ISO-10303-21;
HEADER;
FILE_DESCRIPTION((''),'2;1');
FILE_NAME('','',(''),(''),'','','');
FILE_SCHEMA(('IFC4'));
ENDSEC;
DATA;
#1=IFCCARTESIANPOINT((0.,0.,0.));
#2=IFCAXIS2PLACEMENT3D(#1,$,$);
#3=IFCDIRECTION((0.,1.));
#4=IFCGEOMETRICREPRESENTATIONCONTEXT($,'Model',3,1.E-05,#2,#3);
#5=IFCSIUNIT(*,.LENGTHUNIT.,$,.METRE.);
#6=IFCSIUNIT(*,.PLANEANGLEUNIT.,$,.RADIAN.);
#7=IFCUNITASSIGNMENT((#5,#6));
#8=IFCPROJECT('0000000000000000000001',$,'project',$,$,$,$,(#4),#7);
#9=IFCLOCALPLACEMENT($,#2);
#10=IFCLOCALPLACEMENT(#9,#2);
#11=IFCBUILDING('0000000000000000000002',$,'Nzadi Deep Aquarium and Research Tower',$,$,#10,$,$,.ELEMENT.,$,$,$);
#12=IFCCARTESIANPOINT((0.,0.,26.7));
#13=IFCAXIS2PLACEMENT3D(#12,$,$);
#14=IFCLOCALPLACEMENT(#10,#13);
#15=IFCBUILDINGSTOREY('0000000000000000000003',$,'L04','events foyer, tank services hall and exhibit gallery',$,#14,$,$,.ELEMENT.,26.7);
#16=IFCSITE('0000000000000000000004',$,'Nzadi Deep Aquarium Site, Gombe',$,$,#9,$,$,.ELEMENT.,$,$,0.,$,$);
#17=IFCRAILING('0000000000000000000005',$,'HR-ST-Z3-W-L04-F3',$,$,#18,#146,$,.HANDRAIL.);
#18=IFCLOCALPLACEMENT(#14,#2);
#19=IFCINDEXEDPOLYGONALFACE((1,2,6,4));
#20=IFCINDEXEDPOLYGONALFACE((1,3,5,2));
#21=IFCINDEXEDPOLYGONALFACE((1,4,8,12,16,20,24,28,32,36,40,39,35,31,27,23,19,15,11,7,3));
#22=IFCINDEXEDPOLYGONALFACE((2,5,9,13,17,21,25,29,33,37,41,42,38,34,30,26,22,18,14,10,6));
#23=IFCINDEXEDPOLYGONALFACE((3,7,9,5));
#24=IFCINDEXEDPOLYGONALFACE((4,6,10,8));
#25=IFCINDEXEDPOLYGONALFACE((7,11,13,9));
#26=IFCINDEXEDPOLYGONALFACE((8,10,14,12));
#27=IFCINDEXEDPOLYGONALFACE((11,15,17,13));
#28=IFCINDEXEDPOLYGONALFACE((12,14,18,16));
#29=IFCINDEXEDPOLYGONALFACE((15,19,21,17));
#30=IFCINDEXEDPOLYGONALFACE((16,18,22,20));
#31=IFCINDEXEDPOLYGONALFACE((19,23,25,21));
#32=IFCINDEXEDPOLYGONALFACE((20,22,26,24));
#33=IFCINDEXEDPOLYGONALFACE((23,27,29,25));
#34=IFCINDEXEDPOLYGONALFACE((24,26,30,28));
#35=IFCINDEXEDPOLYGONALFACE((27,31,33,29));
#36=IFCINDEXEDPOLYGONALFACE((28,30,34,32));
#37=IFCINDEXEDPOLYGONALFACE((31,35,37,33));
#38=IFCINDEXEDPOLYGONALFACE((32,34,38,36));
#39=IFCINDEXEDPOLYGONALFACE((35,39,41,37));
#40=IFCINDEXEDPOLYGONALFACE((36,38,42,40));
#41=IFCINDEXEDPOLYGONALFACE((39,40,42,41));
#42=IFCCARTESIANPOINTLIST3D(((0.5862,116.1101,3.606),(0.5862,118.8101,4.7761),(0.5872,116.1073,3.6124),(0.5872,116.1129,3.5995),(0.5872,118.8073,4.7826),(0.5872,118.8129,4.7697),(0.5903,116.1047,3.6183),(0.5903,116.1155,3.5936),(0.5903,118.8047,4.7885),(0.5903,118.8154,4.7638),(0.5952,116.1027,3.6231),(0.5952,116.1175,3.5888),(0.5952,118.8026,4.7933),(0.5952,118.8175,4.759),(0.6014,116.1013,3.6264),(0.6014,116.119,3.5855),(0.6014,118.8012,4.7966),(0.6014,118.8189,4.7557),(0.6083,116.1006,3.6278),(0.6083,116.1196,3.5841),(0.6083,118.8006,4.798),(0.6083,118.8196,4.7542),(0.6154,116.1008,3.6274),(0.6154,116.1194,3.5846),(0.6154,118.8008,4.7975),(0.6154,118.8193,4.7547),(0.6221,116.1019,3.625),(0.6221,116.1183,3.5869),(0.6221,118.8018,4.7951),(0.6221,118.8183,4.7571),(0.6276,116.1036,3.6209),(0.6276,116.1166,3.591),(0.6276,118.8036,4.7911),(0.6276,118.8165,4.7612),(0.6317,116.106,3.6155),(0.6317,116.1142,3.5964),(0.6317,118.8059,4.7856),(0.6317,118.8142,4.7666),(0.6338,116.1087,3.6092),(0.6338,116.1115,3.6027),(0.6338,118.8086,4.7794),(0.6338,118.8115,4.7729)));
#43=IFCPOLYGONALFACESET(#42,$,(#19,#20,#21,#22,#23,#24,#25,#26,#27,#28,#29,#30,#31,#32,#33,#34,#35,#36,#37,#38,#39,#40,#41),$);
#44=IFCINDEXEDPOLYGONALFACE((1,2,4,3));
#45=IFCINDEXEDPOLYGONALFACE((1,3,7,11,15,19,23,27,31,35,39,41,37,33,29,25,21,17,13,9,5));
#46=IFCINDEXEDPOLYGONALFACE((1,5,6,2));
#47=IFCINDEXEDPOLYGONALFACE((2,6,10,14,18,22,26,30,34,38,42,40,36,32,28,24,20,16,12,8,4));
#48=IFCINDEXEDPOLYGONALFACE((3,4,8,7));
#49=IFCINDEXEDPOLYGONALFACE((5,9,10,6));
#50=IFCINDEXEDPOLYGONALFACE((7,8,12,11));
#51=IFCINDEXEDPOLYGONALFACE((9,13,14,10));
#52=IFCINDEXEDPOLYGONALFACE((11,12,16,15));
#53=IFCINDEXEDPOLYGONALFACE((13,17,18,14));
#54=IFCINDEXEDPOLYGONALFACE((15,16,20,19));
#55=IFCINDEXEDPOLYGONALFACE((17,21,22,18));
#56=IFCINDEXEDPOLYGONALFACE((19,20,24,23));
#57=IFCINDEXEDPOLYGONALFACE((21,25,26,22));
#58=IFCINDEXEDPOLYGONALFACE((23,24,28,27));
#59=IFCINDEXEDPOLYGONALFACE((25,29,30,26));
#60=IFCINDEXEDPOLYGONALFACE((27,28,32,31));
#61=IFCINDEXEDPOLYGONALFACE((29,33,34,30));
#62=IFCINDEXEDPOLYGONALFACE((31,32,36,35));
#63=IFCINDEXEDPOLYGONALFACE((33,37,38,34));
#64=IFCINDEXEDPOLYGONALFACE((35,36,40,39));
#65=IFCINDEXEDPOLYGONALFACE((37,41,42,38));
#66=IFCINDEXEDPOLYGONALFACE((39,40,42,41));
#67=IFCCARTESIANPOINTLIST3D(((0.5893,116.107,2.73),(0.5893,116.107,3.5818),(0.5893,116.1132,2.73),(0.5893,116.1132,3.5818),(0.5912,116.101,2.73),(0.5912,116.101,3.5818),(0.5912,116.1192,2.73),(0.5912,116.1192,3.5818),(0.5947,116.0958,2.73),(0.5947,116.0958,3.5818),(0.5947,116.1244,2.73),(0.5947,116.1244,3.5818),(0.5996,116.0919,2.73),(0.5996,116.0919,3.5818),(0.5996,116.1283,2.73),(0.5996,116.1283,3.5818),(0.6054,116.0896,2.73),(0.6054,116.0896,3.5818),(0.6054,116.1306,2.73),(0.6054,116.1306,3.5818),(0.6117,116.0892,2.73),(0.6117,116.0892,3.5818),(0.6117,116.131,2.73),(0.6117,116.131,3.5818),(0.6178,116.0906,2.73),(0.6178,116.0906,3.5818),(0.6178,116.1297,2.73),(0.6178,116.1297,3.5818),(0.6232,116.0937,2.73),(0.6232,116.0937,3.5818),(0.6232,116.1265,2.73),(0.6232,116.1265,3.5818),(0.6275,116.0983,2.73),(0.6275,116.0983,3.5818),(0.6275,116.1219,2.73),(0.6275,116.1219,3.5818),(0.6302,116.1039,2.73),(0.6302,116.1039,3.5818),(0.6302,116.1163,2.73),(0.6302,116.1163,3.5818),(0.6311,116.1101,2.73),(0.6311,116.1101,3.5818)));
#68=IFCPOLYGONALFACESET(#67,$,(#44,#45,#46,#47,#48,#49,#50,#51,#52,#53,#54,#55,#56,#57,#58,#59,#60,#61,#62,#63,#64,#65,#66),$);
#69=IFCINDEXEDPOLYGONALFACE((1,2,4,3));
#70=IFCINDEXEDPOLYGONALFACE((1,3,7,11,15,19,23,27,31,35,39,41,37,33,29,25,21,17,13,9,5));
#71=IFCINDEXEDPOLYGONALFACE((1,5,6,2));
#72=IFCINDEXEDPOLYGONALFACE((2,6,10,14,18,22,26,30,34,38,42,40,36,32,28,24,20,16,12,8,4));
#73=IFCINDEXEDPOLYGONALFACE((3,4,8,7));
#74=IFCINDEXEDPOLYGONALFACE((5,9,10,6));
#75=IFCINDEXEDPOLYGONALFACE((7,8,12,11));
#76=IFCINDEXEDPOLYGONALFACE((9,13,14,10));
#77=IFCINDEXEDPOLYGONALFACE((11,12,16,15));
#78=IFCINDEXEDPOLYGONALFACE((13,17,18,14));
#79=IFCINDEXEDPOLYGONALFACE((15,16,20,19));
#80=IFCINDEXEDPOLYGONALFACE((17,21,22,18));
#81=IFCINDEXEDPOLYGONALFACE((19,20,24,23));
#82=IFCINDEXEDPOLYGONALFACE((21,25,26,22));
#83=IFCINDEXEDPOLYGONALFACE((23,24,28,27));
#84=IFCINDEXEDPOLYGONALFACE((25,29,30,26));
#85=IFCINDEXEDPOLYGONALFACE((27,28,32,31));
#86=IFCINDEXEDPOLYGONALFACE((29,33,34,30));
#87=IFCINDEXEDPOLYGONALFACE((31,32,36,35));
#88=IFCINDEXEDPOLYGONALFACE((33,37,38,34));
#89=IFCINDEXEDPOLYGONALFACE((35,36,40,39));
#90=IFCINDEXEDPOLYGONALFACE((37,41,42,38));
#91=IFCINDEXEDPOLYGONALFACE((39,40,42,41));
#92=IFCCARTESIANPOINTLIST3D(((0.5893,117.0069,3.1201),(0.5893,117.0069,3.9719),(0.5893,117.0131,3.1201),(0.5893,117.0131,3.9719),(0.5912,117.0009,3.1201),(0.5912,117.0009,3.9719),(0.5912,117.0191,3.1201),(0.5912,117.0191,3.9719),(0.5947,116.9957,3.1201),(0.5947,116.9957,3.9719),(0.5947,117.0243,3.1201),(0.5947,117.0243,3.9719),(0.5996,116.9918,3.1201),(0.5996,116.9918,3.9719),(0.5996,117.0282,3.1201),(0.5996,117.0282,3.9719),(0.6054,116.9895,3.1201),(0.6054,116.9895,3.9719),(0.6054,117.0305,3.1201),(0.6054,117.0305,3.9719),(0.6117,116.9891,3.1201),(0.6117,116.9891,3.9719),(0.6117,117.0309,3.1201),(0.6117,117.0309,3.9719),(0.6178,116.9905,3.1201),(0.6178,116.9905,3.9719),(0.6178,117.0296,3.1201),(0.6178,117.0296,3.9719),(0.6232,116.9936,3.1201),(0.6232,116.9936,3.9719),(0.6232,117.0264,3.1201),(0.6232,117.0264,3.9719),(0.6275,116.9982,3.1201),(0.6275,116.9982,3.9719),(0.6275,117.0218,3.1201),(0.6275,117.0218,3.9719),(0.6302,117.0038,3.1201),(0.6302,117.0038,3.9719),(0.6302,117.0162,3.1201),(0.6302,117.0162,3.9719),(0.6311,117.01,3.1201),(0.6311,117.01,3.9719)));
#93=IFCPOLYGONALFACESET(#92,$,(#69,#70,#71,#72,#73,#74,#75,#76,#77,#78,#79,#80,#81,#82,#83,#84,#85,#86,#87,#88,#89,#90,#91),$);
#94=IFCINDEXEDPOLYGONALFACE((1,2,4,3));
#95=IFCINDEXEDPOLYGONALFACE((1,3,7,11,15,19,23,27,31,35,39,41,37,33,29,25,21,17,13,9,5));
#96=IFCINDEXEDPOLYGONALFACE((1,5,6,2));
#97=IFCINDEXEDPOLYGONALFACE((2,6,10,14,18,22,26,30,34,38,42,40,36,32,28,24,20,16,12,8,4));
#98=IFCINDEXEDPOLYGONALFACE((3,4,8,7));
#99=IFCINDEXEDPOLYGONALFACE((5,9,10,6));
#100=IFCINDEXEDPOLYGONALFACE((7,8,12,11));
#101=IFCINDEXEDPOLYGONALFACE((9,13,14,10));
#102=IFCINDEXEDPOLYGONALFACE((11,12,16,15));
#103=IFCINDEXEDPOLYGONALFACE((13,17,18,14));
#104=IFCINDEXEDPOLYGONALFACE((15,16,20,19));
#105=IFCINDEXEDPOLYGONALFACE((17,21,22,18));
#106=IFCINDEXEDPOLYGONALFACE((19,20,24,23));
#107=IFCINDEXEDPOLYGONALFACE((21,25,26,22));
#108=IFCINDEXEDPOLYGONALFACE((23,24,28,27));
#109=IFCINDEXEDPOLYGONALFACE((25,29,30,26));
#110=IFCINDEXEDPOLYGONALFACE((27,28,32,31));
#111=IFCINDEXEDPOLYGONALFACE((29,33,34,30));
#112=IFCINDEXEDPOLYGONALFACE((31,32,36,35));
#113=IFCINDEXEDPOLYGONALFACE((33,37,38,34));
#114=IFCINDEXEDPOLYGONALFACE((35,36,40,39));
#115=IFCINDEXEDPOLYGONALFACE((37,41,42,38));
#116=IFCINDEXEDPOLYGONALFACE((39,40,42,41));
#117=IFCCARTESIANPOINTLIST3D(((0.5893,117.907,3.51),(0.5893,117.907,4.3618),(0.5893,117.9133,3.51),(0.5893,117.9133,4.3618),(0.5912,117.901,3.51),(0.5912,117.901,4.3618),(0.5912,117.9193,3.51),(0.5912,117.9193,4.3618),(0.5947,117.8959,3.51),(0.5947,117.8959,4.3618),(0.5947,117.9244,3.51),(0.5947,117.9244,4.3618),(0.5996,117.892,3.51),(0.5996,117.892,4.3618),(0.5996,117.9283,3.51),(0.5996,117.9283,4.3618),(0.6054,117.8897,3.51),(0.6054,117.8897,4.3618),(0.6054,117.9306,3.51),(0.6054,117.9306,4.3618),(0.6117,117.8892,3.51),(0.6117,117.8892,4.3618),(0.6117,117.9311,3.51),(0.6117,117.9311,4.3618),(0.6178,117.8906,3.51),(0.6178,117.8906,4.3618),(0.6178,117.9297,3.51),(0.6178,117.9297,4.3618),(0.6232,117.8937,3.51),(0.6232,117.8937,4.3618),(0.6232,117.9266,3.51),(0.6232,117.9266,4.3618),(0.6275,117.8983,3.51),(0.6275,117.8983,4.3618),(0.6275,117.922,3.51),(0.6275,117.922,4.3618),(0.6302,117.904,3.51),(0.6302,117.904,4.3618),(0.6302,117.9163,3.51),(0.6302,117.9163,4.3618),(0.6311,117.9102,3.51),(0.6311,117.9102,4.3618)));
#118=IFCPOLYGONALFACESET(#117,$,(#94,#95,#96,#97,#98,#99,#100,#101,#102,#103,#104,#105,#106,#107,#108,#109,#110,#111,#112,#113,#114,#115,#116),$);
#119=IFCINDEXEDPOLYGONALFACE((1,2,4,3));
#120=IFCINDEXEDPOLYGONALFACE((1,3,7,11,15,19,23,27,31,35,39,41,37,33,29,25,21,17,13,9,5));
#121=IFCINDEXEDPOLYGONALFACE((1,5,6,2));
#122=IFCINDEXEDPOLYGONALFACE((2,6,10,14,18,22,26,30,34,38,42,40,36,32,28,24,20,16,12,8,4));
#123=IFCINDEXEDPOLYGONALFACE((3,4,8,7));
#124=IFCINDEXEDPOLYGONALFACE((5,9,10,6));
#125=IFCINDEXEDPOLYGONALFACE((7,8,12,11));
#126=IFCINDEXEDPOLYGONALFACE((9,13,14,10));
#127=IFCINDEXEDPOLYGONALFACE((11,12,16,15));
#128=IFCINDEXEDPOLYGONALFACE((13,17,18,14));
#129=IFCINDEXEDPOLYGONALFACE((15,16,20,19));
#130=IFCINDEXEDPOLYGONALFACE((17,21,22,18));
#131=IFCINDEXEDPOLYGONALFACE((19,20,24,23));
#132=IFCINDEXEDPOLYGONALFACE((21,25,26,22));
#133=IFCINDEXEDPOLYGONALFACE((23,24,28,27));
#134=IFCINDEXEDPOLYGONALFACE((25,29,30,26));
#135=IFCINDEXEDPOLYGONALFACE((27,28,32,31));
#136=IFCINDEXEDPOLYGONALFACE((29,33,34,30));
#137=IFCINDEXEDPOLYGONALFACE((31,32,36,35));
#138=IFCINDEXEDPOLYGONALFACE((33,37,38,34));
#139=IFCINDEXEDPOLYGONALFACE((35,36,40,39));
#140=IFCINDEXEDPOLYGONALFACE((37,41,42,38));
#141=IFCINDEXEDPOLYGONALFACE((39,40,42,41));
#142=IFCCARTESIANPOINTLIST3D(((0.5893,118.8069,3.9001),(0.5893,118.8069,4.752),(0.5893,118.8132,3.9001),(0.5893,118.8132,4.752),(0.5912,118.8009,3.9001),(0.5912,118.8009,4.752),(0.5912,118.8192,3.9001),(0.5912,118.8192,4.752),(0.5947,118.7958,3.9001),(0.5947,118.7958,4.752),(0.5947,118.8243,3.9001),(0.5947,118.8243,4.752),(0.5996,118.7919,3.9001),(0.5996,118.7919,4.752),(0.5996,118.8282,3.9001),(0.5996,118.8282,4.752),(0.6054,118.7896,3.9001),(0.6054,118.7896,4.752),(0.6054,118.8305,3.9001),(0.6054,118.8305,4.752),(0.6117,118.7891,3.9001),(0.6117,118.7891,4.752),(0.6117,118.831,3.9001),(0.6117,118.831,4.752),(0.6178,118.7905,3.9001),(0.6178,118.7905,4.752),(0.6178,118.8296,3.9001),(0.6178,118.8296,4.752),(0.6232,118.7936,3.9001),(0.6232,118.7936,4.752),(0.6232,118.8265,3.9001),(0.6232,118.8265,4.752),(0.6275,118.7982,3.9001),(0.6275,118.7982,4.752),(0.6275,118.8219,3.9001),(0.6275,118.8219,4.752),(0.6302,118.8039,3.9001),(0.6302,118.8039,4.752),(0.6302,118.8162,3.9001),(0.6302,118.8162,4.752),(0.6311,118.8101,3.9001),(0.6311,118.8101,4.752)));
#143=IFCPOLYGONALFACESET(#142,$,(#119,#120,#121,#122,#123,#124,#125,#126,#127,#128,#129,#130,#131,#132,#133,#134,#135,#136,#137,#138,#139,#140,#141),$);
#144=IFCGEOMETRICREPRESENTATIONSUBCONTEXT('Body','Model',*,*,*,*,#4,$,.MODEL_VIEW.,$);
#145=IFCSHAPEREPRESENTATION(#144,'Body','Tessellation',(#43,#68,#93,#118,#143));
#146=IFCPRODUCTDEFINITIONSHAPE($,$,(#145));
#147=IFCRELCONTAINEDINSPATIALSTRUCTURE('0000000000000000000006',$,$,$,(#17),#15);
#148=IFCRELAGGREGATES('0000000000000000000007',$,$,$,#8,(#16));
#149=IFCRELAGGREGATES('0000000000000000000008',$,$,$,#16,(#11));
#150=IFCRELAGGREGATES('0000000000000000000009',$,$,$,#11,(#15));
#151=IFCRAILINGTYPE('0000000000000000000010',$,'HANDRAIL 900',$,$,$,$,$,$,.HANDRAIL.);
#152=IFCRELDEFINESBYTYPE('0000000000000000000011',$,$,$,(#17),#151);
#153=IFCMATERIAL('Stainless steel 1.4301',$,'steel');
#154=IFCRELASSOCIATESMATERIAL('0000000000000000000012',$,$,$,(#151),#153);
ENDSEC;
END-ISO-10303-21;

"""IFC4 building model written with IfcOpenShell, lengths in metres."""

from ifc_helpers import new_model, si_unit, direction, frame, origin, origin_2d, place, context, subcontext, project, spatial, circle, extrude, material, type_object, element, save


model = new_model("IFC4")

# Units and contexts
model_context = context("Model", 3, precision=1e-05, world=origin(), true_north=direction((0.0, 1.0)))
body_context = subcontext(model_context, "Body", "Model", "MODEL_VIEW")
ifc_project = project(units=[si_unit("LENGTHUNIT", "METRE"), si_unit("PLANEANGLEUNIT", "RADIAN")], contexts=[model_context])

# Site, building, storey
site_placement = place(None, origin())
site = spatial("IfcSite", under=ifc_project, at=site_placement, Name="Nzadi Deep Aquarium Site, Gombe", CompositionType="ELEMENT", RefElevation=0.0)
building_placement = place(site_placement, origin())
building = spatial("IfcBuilding", under=site, at=building_placement, Name="Nzadi Deep Aquarium and Research Tower", CompositionType="ELEMENT")
storey_placement = place(building_placement, frame((0.0, 0.0, 26.7)))
storey = spatial("IfcBuildingStorey", under=building, at=storey_placement, Name="L04", Description="events foyer, tank services hall and exhibit gallery", CompositionType="ELEMENT", Elevation=26.7)

# Railing
ifc_material_1 = material(Name="Stainless steel 1.4301", Category="steel")
railing_type_1 = type_object("IfcRailingType", Name="HANDRAIL 900", PredefinedType="HANDRAIL", material=ifc_material_1)
for number, where, name in (
    (1, (0.6101, 116.1101, 2.73), "HR-ST-Z3-W-L04-F3"),
):
    element("IfcRailing", number, at=place(storey_placement, frame(where)), inside=storey, type_object=railing_type_1, Name=name, PredefinedType="HANDRAIL", context=body_context, shape_type="SweptSolid", body=[
        extrude(circle(Radius=0.0239, at=origin_2d()), frame((0.0, 0.0, 0.876), z_axis=(0.0, 0.917532, 0.397661), x_axis=(-1.0, 0.0, 0.0)), (0.0, 0.0, 1.0), 2.9426),
        extrude(circle(Radius=0.021, at=origin_2d()), origin(), (0.0, 0.0, 1.0), 0.8518),
        extrude(circle(Radius=0.021, at=origin_2d()), frame((0.0, 0.8999, 0.3901)), (0.0, 0.0, 1.0), 0.8518),
        extrude(circle(Radius=0.021, at=origin_2d()), frame((0.0, 1.8, 0.78)), (0.0, 0.0, 1.0), 0.8518),
        extrude(circle(Radius=0.021, at=origin_2d()), frame((0.0, 2.7, 1.1702)), (0.0, 0.0, 1.0), 0.8518),
    ])

save(model, "model.ifc")
